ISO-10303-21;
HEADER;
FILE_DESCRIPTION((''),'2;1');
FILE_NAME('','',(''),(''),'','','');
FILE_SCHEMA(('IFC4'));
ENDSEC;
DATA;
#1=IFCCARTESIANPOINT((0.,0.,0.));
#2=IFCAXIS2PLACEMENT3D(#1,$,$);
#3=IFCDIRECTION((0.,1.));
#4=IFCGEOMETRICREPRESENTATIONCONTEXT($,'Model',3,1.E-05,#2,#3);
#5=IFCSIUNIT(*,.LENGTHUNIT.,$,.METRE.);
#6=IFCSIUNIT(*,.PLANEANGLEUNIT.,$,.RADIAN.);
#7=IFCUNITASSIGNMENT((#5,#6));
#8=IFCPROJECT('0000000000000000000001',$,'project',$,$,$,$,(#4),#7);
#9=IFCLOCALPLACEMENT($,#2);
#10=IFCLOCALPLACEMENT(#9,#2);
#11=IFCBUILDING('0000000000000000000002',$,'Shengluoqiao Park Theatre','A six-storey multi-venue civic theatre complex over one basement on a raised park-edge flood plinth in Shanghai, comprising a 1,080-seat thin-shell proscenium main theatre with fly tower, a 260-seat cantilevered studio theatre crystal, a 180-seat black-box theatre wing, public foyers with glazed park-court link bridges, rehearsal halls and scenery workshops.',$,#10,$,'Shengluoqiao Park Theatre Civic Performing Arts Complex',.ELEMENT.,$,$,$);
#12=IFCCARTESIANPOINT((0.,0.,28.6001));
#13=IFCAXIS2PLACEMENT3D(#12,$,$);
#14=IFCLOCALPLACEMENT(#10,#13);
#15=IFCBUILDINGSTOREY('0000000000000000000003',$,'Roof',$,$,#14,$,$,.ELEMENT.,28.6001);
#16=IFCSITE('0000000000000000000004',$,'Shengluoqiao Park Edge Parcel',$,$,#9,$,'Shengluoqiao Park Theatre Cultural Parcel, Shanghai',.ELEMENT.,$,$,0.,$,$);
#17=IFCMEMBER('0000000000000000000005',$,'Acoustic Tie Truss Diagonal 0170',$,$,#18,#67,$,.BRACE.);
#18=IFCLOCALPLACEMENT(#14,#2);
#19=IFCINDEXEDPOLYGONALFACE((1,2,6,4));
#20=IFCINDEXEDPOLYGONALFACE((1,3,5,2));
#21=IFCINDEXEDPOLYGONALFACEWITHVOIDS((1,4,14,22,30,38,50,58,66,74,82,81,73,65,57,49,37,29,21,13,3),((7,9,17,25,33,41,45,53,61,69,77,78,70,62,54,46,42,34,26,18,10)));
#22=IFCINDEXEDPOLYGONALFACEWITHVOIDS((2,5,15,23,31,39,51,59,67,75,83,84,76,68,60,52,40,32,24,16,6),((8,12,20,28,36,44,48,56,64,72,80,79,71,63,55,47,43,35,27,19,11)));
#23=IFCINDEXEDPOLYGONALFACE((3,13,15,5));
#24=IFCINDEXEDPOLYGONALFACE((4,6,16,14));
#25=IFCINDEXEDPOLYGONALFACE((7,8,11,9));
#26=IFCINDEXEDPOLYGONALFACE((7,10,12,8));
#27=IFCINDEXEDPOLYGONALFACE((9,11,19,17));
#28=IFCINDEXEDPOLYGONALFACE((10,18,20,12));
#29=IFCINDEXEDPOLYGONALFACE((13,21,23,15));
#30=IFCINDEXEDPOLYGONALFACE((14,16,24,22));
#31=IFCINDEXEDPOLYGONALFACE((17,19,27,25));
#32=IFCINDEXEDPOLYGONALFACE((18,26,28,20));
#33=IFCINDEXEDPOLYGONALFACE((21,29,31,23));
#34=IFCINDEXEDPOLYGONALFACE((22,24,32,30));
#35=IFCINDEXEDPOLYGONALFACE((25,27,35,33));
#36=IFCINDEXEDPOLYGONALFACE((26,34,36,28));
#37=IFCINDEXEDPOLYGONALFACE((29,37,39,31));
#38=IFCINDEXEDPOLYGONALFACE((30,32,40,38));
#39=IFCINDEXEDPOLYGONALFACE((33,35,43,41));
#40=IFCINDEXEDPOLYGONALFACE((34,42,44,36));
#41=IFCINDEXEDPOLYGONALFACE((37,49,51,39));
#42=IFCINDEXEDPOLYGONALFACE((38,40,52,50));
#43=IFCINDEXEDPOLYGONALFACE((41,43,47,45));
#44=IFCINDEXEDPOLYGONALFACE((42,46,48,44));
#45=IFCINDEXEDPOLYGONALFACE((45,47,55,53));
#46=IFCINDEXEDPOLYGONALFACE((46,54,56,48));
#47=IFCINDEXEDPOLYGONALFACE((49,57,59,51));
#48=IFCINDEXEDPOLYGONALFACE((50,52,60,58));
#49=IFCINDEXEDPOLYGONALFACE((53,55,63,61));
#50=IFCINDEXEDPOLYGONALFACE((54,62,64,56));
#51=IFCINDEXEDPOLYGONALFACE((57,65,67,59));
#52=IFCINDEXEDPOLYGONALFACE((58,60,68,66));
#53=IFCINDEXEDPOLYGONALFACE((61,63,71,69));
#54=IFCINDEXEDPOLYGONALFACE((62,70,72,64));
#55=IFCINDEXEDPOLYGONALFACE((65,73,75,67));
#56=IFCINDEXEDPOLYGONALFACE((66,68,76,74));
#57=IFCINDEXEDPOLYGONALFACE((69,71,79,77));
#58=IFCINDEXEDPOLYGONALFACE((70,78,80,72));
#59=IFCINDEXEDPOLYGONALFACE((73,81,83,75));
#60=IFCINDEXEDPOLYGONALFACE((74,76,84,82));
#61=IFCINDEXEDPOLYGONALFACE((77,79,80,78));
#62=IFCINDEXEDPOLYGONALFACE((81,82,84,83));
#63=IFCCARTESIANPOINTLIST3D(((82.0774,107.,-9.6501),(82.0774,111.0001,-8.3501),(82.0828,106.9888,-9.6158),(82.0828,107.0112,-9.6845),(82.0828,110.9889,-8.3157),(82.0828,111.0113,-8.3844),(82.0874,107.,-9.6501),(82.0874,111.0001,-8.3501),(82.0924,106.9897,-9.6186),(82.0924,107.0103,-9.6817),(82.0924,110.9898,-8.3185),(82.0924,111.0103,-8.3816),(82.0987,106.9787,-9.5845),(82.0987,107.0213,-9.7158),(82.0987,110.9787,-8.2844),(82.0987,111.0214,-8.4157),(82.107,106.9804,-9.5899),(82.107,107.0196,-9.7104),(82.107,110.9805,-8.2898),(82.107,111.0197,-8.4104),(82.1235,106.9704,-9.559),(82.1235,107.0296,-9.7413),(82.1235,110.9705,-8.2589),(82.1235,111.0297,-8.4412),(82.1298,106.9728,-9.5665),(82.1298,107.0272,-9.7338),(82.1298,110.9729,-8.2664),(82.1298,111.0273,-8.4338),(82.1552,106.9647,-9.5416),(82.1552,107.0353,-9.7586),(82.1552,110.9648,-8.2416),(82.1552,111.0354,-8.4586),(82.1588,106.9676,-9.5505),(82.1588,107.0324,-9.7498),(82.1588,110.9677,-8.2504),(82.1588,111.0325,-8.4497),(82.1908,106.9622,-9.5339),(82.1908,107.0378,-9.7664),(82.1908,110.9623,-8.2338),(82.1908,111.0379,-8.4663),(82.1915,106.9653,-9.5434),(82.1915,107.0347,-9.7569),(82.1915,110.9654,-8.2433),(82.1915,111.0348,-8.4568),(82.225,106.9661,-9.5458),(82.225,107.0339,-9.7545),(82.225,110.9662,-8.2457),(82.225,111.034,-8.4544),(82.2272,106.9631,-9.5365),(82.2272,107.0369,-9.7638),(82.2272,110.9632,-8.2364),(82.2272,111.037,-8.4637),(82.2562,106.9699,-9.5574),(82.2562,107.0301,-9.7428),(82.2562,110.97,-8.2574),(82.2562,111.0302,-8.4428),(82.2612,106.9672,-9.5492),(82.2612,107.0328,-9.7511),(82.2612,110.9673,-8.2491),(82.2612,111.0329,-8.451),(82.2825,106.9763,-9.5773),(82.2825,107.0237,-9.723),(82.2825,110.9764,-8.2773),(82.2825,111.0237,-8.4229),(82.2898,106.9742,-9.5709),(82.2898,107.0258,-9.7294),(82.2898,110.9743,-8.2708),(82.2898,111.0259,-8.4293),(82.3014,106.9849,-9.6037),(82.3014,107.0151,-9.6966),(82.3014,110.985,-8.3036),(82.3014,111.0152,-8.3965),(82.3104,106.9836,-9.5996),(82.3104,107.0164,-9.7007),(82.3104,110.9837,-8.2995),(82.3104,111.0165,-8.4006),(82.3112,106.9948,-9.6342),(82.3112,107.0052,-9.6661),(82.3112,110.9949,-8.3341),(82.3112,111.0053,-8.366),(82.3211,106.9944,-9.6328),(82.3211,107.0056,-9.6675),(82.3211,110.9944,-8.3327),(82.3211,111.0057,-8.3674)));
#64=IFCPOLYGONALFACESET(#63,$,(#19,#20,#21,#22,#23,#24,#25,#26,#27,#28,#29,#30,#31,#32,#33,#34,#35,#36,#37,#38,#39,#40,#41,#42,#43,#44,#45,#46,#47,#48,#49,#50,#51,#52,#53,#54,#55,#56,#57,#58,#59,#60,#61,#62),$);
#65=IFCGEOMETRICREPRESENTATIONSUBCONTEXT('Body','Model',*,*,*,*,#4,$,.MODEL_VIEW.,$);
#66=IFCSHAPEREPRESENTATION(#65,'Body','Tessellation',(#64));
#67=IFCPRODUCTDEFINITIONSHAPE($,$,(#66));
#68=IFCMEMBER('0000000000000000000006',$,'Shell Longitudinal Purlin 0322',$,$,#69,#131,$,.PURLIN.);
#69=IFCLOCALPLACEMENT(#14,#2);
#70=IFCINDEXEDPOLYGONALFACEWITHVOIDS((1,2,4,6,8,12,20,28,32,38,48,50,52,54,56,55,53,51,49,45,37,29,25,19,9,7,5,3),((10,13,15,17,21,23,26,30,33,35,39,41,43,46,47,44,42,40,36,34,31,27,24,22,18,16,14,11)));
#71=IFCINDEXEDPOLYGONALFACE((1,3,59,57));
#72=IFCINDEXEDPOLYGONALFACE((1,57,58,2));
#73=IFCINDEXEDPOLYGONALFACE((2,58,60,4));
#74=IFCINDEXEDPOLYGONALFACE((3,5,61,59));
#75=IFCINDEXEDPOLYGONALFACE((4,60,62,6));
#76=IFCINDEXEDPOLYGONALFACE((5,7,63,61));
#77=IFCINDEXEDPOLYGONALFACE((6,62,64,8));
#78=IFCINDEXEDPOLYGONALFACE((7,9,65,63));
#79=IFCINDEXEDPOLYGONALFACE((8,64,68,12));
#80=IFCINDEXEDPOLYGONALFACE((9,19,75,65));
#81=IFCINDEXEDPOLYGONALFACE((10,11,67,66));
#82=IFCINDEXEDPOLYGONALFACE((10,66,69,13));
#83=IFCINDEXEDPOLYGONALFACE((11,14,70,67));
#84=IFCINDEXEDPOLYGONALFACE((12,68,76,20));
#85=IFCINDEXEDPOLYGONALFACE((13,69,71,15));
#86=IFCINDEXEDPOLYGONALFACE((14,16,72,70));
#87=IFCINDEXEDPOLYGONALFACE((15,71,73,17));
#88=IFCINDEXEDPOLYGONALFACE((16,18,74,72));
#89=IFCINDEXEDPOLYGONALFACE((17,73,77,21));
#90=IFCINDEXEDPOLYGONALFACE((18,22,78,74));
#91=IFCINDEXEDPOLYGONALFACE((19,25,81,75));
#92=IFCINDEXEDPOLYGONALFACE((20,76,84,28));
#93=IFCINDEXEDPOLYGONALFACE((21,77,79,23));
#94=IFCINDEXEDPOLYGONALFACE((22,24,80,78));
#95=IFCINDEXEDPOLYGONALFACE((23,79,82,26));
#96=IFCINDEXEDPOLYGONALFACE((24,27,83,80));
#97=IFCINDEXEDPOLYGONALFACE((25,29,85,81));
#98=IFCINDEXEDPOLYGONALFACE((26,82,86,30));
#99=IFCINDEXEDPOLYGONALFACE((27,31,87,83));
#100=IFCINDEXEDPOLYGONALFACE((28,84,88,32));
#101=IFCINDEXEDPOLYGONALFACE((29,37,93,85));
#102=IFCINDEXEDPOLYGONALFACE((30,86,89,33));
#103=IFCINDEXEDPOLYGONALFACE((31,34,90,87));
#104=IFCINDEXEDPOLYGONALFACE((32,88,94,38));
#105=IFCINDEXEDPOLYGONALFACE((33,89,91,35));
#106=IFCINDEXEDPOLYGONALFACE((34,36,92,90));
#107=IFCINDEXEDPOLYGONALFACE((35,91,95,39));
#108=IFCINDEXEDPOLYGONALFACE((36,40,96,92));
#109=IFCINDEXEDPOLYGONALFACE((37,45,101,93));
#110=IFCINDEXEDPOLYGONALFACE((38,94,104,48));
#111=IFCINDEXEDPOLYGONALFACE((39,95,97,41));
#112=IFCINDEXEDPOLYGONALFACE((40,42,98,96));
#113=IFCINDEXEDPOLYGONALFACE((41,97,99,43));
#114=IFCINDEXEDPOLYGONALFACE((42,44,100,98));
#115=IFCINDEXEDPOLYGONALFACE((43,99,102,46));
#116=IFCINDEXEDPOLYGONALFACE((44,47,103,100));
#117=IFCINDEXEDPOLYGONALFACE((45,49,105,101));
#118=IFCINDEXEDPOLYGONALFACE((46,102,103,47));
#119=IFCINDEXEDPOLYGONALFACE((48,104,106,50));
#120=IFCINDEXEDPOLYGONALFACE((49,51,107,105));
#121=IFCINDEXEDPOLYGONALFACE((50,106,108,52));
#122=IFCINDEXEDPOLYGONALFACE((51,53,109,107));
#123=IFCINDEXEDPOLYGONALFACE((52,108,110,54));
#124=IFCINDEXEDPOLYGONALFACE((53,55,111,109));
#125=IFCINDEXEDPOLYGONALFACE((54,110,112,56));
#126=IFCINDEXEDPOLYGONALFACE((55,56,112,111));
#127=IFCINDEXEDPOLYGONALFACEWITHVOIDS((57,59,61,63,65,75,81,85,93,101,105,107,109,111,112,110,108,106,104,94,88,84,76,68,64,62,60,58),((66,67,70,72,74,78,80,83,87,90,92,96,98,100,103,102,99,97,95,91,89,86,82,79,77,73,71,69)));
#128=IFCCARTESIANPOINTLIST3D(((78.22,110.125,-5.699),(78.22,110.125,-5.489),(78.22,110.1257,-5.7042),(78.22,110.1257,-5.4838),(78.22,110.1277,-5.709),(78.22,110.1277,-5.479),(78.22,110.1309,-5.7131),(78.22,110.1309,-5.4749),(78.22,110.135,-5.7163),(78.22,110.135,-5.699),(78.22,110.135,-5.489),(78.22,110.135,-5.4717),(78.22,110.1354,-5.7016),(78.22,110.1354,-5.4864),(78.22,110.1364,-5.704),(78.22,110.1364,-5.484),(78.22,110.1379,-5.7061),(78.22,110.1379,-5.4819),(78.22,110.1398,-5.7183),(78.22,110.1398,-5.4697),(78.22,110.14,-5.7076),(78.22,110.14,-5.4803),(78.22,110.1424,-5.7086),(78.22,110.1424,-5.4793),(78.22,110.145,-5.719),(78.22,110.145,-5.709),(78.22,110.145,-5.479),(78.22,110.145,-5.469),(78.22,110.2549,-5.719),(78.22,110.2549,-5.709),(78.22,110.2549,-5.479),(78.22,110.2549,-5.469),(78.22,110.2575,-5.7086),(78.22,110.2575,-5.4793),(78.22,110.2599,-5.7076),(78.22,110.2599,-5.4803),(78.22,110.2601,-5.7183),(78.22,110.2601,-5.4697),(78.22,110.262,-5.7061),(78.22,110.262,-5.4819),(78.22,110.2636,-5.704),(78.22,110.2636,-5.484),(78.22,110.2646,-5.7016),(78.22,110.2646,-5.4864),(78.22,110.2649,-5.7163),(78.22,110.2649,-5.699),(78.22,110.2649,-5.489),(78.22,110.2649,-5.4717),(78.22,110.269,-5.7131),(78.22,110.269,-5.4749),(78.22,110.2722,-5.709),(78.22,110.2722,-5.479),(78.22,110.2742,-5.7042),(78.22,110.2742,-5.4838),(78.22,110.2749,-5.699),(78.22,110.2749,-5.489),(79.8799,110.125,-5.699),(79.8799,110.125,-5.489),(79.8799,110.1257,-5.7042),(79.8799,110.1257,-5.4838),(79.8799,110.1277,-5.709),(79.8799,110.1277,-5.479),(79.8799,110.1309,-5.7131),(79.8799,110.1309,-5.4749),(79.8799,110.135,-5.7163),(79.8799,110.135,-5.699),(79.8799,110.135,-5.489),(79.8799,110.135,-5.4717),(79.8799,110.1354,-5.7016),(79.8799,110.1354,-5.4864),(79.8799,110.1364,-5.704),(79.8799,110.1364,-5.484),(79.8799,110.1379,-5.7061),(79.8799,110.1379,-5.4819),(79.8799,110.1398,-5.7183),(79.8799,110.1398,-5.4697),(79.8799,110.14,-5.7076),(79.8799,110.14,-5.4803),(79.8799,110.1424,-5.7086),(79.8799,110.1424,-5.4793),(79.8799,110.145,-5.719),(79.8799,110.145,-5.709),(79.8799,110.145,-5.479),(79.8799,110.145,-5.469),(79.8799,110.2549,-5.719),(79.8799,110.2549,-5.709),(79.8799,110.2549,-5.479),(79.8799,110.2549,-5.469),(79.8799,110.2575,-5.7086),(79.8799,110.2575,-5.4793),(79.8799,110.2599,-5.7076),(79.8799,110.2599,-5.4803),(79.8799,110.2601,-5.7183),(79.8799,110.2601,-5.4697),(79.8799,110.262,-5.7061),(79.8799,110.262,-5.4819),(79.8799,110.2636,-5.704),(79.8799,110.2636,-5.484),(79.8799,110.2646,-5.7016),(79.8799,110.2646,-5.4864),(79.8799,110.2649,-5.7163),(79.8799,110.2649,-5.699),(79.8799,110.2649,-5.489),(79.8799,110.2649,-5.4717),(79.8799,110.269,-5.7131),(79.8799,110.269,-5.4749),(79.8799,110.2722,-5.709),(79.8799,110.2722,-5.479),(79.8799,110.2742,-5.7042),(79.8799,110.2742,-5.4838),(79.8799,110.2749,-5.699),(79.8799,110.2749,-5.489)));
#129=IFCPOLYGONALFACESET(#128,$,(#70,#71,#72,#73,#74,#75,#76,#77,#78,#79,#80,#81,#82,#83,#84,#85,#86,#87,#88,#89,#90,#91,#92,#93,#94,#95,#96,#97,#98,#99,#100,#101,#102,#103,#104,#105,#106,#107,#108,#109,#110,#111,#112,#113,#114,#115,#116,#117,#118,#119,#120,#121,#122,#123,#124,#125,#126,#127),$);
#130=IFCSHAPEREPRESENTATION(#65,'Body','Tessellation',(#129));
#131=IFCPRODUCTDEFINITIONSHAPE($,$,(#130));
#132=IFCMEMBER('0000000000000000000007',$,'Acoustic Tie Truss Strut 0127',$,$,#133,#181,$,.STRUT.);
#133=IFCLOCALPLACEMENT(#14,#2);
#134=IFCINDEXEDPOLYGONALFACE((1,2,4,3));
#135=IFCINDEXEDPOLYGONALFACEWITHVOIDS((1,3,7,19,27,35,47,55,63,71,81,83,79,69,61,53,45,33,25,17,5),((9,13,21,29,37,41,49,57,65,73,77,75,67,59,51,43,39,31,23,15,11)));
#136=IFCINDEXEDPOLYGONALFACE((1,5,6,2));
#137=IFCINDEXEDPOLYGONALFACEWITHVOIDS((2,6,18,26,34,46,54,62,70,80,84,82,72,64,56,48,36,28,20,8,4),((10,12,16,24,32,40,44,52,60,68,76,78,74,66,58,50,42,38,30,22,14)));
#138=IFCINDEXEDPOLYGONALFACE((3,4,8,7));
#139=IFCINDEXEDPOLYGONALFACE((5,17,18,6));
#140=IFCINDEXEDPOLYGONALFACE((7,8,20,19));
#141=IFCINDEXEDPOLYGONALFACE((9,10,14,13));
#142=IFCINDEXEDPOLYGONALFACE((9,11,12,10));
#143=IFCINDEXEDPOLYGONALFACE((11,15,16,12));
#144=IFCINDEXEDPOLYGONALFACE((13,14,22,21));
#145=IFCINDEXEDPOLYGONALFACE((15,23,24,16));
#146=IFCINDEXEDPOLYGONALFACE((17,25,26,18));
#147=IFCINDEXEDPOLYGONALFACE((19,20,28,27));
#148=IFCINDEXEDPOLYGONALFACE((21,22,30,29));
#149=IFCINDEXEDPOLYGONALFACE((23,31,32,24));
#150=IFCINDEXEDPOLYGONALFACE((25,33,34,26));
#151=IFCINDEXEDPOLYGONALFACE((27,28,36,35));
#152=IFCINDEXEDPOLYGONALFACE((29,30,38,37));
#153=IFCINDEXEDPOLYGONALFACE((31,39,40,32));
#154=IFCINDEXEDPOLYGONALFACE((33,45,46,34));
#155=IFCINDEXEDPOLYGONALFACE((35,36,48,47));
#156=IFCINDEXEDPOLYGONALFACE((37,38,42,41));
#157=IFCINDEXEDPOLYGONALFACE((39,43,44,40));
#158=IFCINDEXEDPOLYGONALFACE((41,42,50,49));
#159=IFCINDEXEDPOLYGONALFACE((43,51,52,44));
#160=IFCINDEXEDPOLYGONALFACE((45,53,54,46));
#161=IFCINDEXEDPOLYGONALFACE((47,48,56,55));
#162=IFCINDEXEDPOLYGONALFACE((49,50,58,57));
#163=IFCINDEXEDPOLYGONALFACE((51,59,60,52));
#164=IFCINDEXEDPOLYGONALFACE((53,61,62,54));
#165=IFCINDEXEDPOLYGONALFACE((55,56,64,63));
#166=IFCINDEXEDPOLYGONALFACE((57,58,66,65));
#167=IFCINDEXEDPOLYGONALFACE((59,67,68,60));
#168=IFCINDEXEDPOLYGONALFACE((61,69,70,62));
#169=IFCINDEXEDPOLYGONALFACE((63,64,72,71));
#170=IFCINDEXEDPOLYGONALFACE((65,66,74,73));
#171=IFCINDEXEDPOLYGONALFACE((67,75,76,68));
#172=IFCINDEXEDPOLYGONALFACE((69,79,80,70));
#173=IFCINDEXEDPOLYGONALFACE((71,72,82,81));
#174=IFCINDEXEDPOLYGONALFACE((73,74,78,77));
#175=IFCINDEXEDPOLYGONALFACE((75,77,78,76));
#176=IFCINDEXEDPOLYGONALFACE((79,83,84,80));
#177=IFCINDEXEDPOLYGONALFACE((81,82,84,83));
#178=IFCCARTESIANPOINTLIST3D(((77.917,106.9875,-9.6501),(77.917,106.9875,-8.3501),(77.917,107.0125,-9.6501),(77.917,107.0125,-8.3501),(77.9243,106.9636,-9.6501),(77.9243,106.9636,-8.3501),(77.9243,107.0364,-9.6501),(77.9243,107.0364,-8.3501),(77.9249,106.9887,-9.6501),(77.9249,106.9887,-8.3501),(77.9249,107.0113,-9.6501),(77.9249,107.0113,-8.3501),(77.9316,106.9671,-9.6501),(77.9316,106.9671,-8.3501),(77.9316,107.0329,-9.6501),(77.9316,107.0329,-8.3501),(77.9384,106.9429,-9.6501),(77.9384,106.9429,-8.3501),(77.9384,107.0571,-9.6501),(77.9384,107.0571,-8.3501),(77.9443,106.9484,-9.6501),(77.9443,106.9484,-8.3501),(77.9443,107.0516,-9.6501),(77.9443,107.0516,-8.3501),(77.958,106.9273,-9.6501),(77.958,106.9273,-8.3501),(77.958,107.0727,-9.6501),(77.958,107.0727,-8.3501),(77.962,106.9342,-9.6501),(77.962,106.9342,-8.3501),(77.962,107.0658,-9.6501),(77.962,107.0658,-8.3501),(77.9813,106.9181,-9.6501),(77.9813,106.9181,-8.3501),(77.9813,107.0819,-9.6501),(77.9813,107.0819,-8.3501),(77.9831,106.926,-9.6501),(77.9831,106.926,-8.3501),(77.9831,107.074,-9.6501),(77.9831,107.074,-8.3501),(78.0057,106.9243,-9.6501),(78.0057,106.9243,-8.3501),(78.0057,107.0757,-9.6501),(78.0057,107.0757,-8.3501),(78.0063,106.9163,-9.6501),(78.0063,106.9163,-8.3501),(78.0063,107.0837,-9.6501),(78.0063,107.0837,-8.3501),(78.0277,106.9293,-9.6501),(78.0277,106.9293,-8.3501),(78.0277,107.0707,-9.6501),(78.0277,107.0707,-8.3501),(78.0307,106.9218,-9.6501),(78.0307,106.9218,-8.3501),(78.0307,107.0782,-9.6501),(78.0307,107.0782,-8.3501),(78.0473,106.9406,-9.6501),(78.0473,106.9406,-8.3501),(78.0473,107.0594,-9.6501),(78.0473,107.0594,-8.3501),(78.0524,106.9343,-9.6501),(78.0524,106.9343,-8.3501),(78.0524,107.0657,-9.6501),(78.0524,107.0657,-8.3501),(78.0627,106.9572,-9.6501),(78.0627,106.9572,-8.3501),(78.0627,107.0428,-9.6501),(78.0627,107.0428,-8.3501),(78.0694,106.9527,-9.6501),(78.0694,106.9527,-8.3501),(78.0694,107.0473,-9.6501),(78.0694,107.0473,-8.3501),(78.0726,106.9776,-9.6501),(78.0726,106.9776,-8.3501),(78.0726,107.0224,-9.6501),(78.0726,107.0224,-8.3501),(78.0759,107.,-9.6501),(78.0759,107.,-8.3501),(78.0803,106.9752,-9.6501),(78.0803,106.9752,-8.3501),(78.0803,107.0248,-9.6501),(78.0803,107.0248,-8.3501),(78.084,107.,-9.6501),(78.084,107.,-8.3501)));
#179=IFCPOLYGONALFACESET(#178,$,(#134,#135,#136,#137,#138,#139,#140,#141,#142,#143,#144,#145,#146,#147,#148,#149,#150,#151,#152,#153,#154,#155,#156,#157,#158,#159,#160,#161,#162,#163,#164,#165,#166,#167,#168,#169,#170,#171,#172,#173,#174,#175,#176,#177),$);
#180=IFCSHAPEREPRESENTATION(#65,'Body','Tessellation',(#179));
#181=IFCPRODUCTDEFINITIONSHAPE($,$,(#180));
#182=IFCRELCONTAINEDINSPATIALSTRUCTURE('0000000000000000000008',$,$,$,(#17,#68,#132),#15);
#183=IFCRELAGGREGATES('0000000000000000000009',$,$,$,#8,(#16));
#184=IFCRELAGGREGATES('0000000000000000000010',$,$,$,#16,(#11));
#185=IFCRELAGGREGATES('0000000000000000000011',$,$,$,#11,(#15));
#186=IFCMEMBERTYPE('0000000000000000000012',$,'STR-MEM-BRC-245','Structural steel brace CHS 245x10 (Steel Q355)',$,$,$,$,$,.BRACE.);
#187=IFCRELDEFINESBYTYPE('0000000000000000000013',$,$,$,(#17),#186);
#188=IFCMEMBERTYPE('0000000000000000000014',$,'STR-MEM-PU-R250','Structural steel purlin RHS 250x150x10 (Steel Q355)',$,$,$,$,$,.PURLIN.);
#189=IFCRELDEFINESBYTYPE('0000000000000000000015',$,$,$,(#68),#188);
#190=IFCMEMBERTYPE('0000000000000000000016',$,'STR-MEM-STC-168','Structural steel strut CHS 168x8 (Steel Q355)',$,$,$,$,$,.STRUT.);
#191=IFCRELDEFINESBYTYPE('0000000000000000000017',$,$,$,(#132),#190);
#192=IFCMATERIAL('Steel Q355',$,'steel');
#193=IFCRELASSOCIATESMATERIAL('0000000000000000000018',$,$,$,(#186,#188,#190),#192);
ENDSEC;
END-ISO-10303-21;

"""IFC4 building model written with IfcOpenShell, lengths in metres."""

from ifc_helpers import new_model, si_unit, direction, frame, origin, origin_2d, place, context, subcontext, project, spatial, hollow_rectangle, hollow_circle, extrude, material, material_profile, profile_set, type_object, element, save


model = new_model("IFC4")

# Units and contexts
model_context = context("Model", 3, precision=1e-05, world=origin(), true_north=direction((0.0, 1.0)))
body_context = subcontext(model_context, "Body", "Model", "MODEL_VIEW")
ifc_project = project(units=[si_unit("LENGTHUNIT", "METRE"), si_unit("PLANEANGLEUNIT", "RADIAN")], contexts=[model_context])

# Site, building, storey
site_placement = place(None, origin())
site = spatial("IfcSite", under=ifc_project, at=site_placement, Name="Shengluoqiao Park Edge Parcel", LongName="Shengluoqiao Park Theatre Cultural Parcel, Shanghai", CompositionType="ELEMENT", RefElevation=0.0)
building_placement = place(site_placement, origin())
building = spatial("IfcBuilding", under=site, at=building_placement, Name="Shengluoqiao Park Theatre", Description="A six-storey multi-venue civic theatre complex over one basement on a raised park-edge flood plinth in Shanghai, comprising a 1,080-seat thin-shell proscenium main theatre with fly tower, a 260-seat cantilevered studio theatre crystal, a 180-seat black-box theatre wing, public foyers with glazed park-court link bridges, rehearsal halls and scenery workshops.", LongName="Shengluoqiao Park Theatre Civic Performing Arts Complex", CompositionType="ELEMENT")
storey_placement = place(building_placement, frame((0.0, 0.0, 28.6001)))
storey = spatial("IfcBuildingStorey", under=building, at=storey_placement, Name="Roof", CompositionType="ELEMENT", Elevation=28.6001)

# Shared definitions
ifc_material = material(Name="Steel Q355", Category="steel")

# Members
ifc_material_profile_1 = material_profile(ifc_material, hollow_circle(Radius=0.1226, WallThickness=0.01, at=origin_2d()), Name="CHS 245x10")
ifc_profile_set_1 = profile_set([ifc_material_profile_1], Name="Steel Q355")
member_type_1 = type_object("IfcMemberType", Name="STR-MEM-BRC-245", Description="Structural steel brace CHS 245x10 (Steel Q355)", PredefinedType="BRACE", material=ifc_profile_set_1)
for number, where, z_axis, x_axis, name in (
    (1, (82.2, 107.0, -9.6501), (0.0, 0.951031, 0.309097), (-1.0, 0.0, 0.0), "Acoustic Tie Truss Diagonal 0170"),
):
    element("IfcMember", number, at=place(storey_placement, frame(where, z_axis=z_axis, x_axis=x_axis)), inside=storey, type_object=member_type_1, Name=name, PredefinedType="BRACE", context=body_context, shape_type="SweptSolid", body=[
        extrude(hollow_circle(Radius=0.1226, WallThickness=0.01, at=origin_2d()), origin(), (0.0, 0.0, 1.0), 4.2061),
    ])
ifc_material_profile_2 = material_profile(ifc_material, hollow_rectangle(XDim=0.1499, YDim=0.25, WallThickness=0.01, InnerFilletRadius=0.01, OuterFilletRadius=0.02, at=origin_2d()), Name="RHS 250x150x10")
ifc_profile_set_2 = profile_set([ifc_material_profile_2], Name="Steel Q355")
member_type_2 = type_object("IfcMemberType", Name="STR-MEM-PU-R250", Description="Structural steel purlin RHS 250x150x10 (Steel Q355)", PredefinedType="PURLIN", material=ifc_profile_set_2)
member_1_placement = place(storey_placement, frame((78.22, 110.2, -5.594), z_axis=(1.0, 0.0, 0.0), x_axis=(0.0, 1.0, 0.0)))
element("IfcMember", 2, at=member_1_placement, inside=storey, type_object=member_type_2, Name="Shell Longitudinal Purlin 0322", PredefinedType="PURLIN", context=body_context, shape_type="SweptSolid", body=[
    extrude(hollow_rectangle(XDim=0.1499, YDim=0.25, WallThickness=0.01, InnerFilletRadius=0.01, OuterFilletRadius=0.02, at=origin_2d()), origin(), (0.0, 0.0, 1.0), 1.6599),
])
ifc_material_profile_3 = material_profile(ifc_material, hollow_circle(Radius=0.084, WallThickness=0.0081, at=origin_2d()), Name="CHS 168x8")
ifc_profile_set_3 = profile_set([ifc_material_profile_3], Name="Steel Q355")
member_type_3 = type_object("IfcMemberType", Name="STR-MEM-STC-168", Description="Structural steel strut CHS 168x8 (Steel Q355)", PredefinedType="STRUT", material=ifc_profile_set_3)
for number, where, z_axis, x_axis, name in (
    (3, (78.0, 107.0, -9.6501), (0.0, 0.0, 1.0), (1.0, 0.0, 0.0), "Acoustic Tie Truss Strut 0127"),
):
    element("IfcMember", number, at=place(storey_placement, frame(where, z_axis=z_axis, x_axis=x_axis)), inside=storey, type_object=member_type_3, Name=name, PredefinedType="STRUT", context=body_context, shape_type="SweptSolid", body=[
        extrude(hollow_circle(Radius=0.084, WallThickness=0.0081, at=origin_2d()), origin(), (0.0, 0.0, 1.0), 1.3),
    ])

save(model, "model.ifc")
